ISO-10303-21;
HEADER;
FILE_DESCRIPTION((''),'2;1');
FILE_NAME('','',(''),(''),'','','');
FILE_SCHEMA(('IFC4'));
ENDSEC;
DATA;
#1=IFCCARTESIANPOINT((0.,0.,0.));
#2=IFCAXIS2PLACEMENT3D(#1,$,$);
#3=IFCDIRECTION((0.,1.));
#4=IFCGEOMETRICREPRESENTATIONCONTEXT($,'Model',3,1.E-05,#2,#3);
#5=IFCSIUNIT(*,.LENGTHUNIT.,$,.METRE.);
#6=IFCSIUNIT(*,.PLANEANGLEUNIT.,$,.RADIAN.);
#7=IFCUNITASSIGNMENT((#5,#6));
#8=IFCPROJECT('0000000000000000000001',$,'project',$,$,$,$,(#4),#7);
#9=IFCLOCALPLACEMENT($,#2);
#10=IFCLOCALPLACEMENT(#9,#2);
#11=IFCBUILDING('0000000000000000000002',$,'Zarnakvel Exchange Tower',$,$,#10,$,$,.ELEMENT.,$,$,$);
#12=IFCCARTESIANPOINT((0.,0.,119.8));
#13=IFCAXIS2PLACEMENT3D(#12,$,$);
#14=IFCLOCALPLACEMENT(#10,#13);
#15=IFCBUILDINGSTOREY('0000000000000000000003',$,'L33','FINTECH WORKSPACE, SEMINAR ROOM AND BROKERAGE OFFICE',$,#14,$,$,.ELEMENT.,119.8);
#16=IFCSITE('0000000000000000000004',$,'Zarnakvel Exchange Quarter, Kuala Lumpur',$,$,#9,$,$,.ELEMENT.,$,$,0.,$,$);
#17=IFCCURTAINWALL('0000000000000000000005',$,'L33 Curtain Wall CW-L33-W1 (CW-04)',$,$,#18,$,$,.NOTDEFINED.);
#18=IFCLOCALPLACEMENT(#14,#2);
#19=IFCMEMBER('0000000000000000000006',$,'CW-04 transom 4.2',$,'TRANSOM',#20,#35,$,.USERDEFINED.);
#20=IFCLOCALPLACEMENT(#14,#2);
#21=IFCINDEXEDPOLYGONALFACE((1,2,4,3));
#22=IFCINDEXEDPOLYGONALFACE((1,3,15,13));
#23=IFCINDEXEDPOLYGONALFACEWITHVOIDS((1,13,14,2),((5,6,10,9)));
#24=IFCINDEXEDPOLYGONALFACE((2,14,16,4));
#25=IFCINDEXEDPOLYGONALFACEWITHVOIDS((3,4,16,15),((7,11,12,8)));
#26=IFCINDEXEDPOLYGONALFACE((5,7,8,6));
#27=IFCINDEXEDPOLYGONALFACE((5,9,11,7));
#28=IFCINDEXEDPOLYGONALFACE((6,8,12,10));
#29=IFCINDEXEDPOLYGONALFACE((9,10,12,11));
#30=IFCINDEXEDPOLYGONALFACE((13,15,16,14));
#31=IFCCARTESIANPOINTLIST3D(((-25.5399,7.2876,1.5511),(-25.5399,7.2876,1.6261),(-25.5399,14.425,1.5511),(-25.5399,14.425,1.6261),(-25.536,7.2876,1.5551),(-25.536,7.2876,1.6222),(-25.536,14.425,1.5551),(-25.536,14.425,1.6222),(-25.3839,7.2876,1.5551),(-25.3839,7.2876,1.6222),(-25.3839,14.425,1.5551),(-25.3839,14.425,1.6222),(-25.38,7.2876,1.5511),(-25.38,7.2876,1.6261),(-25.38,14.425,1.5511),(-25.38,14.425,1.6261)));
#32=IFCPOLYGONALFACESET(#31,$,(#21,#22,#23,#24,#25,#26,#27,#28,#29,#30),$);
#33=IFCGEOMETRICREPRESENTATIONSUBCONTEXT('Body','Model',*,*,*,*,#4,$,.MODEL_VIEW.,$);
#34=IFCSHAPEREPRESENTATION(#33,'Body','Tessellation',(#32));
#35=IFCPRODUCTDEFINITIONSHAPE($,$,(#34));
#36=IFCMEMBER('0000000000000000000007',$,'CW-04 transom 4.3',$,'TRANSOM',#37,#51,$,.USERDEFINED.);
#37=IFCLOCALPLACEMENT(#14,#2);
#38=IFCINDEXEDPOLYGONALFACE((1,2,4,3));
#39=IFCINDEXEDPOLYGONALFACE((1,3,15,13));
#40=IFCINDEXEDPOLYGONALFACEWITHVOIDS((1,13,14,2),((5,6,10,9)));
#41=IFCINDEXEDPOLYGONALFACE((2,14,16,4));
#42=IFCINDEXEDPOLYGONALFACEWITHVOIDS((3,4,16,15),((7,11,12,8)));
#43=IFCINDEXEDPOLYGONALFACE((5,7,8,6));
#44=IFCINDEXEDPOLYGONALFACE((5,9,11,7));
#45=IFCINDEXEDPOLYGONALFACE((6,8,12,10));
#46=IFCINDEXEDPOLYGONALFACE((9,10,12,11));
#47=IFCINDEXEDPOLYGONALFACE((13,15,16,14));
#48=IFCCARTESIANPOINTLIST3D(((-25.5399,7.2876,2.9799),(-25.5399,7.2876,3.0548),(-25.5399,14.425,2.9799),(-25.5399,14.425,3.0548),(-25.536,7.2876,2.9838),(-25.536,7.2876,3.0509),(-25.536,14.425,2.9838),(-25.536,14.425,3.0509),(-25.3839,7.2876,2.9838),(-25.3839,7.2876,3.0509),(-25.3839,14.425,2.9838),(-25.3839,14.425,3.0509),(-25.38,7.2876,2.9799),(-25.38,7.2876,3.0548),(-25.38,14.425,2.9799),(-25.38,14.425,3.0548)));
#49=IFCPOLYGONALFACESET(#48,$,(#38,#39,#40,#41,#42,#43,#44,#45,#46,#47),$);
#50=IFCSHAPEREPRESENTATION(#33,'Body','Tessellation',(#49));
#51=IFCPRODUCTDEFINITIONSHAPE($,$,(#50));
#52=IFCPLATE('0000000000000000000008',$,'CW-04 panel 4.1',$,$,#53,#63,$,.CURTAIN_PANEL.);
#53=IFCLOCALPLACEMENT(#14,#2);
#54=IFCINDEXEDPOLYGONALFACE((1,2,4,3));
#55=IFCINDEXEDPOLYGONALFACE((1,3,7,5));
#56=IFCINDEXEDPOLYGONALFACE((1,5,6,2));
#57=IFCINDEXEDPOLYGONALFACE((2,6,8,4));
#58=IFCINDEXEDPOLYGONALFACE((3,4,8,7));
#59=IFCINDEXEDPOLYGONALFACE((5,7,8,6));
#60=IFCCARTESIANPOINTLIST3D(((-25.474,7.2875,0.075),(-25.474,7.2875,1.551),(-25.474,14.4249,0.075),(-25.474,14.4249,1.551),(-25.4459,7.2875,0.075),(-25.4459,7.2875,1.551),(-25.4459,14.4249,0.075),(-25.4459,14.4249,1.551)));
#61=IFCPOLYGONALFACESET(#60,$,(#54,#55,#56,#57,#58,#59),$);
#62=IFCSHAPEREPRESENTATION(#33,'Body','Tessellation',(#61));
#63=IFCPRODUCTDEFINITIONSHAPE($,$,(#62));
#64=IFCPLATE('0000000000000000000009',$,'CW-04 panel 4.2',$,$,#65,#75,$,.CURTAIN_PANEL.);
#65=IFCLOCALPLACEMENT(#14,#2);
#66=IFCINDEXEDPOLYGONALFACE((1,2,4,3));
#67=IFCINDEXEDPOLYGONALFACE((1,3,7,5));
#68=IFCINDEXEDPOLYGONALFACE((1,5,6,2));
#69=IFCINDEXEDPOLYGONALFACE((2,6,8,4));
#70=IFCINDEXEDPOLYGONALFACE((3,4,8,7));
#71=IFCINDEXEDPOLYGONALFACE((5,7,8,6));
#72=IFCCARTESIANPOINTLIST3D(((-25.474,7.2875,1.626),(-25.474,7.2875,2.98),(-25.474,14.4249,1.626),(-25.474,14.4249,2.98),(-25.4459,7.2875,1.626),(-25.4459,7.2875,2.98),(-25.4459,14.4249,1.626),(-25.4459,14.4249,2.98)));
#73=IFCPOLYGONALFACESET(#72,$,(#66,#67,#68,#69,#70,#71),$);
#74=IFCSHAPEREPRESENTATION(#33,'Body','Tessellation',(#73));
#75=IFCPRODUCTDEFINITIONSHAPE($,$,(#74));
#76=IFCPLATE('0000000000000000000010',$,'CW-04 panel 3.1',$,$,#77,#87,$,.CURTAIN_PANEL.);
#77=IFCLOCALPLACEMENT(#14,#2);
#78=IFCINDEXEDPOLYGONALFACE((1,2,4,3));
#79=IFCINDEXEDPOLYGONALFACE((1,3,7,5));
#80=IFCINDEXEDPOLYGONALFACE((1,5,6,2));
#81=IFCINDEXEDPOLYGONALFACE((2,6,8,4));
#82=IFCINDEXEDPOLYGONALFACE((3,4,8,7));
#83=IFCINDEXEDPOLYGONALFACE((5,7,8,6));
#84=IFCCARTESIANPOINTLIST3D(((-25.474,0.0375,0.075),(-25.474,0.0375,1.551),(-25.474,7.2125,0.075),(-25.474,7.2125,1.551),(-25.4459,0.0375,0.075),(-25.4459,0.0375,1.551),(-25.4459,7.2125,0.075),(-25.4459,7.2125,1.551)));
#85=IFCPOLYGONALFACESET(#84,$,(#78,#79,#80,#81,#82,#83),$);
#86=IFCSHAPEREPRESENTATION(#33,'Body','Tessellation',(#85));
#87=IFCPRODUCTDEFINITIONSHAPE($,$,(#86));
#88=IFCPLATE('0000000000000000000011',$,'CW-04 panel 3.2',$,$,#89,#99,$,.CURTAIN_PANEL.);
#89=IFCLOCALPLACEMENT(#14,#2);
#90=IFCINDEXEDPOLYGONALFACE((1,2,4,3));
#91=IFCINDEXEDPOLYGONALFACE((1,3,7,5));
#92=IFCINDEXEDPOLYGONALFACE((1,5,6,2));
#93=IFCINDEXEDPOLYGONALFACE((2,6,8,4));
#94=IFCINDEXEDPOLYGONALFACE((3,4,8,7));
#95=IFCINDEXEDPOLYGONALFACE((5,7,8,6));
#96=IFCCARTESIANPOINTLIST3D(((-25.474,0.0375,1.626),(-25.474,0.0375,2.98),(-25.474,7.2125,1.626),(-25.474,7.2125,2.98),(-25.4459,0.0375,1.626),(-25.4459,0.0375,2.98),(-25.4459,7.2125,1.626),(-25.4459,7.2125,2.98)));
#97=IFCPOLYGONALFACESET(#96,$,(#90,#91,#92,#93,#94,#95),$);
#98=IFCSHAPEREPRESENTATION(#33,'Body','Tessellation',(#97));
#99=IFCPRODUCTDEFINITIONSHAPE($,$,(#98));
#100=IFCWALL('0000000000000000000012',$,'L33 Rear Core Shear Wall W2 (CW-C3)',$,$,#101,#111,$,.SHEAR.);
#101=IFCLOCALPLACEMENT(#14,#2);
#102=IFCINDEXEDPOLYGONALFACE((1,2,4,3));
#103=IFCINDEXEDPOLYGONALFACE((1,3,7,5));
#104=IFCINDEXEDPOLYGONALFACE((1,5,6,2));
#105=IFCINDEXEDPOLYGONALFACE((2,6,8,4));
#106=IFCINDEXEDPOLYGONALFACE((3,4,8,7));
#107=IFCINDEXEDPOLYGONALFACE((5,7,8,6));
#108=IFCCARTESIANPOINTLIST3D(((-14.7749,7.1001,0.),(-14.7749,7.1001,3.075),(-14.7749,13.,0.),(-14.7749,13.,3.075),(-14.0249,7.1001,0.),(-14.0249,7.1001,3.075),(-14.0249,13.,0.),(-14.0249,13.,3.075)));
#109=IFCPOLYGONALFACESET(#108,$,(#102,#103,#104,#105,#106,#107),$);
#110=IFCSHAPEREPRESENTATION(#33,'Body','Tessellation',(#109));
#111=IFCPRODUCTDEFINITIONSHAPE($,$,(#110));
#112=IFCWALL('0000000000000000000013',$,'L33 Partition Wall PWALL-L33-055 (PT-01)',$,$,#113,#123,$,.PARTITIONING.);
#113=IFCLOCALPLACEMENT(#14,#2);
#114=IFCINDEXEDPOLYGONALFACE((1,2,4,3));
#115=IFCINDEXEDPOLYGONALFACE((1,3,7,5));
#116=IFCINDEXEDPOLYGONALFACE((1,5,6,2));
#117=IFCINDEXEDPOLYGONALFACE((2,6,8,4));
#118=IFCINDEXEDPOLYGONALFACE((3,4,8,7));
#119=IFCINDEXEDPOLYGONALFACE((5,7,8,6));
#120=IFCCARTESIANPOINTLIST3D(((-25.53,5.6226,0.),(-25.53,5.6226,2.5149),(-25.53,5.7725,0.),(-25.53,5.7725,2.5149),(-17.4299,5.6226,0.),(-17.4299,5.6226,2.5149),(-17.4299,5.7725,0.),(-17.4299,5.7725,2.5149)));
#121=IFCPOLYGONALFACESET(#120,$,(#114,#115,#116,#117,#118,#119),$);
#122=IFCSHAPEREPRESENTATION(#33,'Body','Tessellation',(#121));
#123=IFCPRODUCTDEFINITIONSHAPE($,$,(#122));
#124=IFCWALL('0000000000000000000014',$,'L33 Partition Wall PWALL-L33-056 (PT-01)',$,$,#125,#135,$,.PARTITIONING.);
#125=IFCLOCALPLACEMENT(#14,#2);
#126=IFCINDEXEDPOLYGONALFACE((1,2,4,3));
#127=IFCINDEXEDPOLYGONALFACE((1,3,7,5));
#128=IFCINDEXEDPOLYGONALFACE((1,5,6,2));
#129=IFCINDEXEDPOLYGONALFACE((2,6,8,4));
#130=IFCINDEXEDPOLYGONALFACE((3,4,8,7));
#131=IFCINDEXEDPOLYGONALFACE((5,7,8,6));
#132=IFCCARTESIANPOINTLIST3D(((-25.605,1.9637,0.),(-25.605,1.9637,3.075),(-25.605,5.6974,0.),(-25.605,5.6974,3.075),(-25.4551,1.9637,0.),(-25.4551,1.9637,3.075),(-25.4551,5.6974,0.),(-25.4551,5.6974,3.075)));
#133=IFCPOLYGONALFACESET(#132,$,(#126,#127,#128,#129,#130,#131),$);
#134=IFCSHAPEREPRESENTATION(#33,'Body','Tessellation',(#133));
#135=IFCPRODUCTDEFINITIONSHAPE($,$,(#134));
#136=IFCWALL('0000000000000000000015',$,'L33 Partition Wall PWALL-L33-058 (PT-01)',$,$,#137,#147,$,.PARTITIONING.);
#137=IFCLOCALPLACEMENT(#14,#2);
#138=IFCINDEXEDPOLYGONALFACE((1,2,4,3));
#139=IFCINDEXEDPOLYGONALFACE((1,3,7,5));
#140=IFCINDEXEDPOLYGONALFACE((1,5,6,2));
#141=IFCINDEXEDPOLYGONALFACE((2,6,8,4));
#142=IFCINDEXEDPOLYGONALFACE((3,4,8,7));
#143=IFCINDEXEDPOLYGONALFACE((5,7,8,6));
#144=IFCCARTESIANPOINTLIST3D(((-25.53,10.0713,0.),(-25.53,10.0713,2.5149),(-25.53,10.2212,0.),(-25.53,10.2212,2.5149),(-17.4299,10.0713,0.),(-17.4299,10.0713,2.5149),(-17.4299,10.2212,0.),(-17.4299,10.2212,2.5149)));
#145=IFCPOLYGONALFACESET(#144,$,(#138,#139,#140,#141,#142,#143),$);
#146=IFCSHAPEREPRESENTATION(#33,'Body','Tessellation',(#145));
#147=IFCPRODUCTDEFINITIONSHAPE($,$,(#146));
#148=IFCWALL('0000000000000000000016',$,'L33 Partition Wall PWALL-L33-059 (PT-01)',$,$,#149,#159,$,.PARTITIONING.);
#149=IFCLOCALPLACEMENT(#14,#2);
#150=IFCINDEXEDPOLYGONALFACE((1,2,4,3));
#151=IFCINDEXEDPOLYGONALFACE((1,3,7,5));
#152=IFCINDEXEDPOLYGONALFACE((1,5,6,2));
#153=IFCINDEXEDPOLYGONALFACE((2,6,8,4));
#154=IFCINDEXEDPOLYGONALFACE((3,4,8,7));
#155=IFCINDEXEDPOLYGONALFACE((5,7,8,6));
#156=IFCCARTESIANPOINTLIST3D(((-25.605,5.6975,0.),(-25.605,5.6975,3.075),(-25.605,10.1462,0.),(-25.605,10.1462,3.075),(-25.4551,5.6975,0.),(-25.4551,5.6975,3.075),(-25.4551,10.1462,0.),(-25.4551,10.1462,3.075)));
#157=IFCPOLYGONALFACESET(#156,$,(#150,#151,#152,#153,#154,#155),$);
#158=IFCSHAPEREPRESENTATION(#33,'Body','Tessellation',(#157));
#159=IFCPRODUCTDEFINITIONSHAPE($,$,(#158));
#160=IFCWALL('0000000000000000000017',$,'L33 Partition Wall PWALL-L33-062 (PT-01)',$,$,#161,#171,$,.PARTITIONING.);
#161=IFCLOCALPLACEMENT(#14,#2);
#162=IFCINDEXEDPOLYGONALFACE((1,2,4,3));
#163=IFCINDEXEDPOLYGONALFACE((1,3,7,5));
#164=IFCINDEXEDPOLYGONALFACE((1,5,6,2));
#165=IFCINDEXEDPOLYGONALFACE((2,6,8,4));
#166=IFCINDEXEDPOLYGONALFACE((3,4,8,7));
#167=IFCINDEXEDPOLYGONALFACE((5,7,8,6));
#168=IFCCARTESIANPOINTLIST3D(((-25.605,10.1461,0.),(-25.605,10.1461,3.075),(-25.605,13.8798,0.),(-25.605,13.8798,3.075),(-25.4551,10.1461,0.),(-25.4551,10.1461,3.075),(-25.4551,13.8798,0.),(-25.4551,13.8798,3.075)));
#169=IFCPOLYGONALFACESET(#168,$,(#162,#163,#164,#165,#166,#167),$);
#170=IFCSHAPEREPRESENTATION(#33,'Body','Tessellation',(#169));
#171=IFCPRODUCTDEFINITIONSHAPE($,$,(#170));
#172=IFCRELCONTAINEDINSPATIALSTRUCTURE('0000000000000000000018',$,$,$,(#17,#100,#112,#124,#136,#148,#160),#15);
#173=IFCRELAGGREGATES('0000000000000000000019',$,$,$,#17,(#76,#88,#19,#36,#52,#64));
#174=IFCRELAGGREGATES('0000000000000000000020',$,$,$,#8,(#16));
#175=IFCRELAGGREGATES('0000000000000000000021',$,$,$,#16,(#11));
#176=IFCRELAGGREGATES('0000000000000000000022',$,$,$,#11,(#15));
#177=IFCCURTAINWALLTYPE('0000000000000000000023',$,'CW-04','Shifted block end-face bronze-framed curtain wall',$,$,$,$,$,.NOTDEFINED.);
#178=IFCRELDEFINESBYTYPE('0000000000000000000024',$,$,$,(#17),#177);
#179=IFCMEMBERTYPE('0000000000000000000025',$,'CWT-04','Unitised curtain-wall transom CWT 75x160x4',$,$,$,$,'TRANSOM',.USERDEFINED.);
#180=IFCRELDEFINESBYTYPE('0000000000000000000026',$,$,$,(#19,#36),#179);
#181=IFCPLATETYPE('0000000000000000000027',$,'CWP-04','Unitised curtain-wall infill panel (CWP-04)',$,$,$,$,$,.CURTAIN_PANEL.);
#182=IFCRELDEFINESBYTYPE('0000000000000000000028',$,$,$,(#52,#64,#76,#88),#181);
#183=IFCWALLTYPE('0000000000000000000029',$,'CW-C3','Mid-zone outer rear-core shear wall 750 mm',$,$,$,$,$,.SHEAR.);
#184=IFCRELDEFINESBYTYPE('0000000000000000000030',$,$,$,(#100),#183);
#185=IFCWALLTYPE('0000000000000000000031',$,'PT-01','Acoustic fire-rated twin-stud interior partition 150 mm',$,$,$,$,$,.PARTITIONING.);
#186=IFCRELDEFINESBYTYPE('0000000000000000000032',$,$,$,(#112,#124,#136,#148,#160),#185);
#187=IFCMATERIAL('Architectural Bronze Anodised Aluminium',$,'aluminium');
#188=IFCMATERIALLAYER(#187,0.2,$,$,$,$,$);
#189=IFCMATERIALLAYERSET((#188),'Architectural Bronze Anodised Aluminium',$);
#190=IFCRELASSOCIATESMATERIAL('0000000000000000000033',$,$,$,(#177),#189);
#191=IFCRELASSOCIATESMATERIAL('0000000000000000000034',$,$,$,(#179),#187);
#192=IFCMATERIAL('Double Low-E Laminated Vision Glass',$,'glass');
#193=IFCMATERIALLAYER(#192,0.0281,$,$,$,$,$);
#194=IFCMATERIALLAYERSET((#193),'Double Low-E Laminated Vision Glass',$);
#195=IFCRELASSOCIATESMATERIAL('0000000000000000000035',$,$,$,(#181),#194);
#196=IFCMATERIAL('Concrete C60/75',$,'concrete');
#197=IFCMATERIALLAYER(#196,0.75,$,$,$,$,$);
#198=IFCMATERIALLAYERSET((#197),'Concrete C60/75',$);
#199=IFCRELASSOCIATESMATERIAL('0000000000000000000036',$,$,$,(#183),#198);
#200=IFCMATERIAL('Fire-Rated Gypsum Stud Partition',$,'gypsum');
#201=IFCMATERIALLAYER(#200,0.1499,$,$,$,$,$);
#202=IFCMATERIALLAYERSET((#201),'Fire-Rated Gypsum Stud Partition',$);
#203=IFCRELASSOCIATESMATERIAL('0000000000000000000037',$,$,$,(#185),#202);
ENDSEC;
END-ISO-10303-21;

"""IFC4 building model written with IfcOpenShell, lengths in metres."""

from ifc_helpers import new_model, si_unit, direction, frame, frame_2d, origin, origin_2d, place, context, subcontext, project, spatial, rectangle, hollow_rectangle, extrude, source, transform, mapped, material, layer, layer_set, material_profile, profile_set, type_object, element, aggregate, save


model = new_model("IFC4")

# Units and contexts
model_context = context("Model", 3, precision=1e-05, world=origin(), true_north=direction((0.0, 1.0)))
body_context = subcontext(model_context, "Body", "Model", "MODEL_VIEW")
ifc_project = project(units=[si_unit("LENGTHUNIT", "METRE"), si_unit("PLANEANGLEUNIT", "RADIAN")], contexts=[model_context])

# Site, building, storey
site_placement = place(None, origin())
site = spatial("IfcSite", under=ifc_project, at=site_placement, Name="Zarnakvel Exchange Quarter, Kuala Lumpur", CompositionType="ELEMENT", RefElevation=0.0)
building_placement = place(site_placement, origin())
building = spatial("IfcBuilding", under=site, at=building_placement, Name="Zarnakvel Exchange Tower", CompositionType="ELEMENT")
storey_placement = place(building_placement, frame((0.0, 0.0, 119.8)))
storey = spatial("IfcBuildingStorey", under=building, at=storey_placement, Name="L33", Description="FINTECH WORKSPACE, SEMINAR ROOM AND BROKERAGE OFFICE", CompositionType="ELEMENT", Elevation=119.8)

# Shared definitions
ifc_material_1 = material(Name="Concrete C60/75", Category="concrete")

# Curtain wall, members, plates
ifc_material_2 = material(Name="Architectural Bronze Anodised Aluminium", Category="aluminium")
ifc_layer_1 = layer(ifc_material_2, 0.2)
ifc_layer_set_1 = layer_set([ifc_layer_1], Name="Architectural Bronze Anodised Aluminium")
curtain_wall_type = type_object("IfcCurtainWallType", Name="CW-04", Description="Shifted block end-face bronze-framed curtain wall", PredefinedType="NOTDEFINED", material=ifc_layer_set_1)
curtain_wall_placement = place(storey_placement, origin())
curtain_wall = element("IfcCurtainWall", 1, at=curtain_wall_placement, inside=storey, type_object=curtain_wall_type, Name="L33 Curtain Wall CW-L33-W1 (CW-04)", PredefinedType="NOTDEFINED")
ifc_material_profile_1 = material_profile(ifc_material_2, hollow_rectangle(XDim=0.1599, YDim=0.075, WallThickness=0.0039, at=origin_2d()))
ifc_profile_set_1 = profile_set([ifc_material_profile_1], Name="Architectural Bronze Anodised Aluminium")
member_type_1 = type_object("IfcMemberType", Name="CWT-04", Description="Unitised curtain-wall transom CWT 75x160x4", ElementType="TRANSOM", PredefinedType="USERDEFINED", material=ifc_profile_set_1)
shared_shape_1 = source(origin(), body_context, "Body", "SweptSolid", [
    extrude(hollow_rectangle(XDim=0.1599, YDim=0.075, WallThickness=0.0039, at=origin_2d()), origin(), (0.0, 0.0, 1.0), 7.1375),
])
member_1_placement = place(storey_placement, frame((-25.46, 7.2876, 1.5886), z_axis=(0.0, 1.0, 0.0), x_axis=(-1.0, 0.0, 0.0)))
member_1 = element("IfcMember", 2, at=member_1_placement, type_object=member_type_1, Name="CW-04 transom 4.2", ObjectType="TRANSOM", PredefinedType="USERDEFINED", context=body_context, shape_type="MappedRepresentation", body=[
    mapped(shared_shape_1, transform((0.0, 0.0, 0.0), x_axis=(1.0, 0.0, 0.0), y_axis=(0.0, 1.0, 0.0), z_axis=(0.0, 0.0, 1.0), scale=1.0)),
])
member_2_placement = place(storey_placement, frame((-25.46, 7.2876, 3.0173), z_axis=(0.0, 1.0, 0.0), x_axis=(-1.0, 0.0, 0.0)))
member_2 = element("IfcMember", 3, at=member_2_placement, type_object=member_type_1, Name="CW-04 transom 4.3", ObjectType="TRANSOM", PredefinedType="USERDEFINED", context=body_context, shape_type="MappedRepresentation", body=[
    mapped(shared_shape_1, transform((0.0, 0.0, 0.0), x_axis=(1.0, 0.0, 0.0), y_axis=(0.0, 1.0, 0.0), z_axis=(0.0, 0.0, 1.0), scale=1.0)),
])
ifc_material_3 = material(Name="Double Low-E Laminated Vision Glass", Category="glass")
ifc_layer_2 = layer(ifc_material_3, 0.0281)
ifc_layer_set_2 = layer_set([ifc_layer_2], Name="Double Low-E Laminated Vision Glass")
plate_type = type_object("IfcPlateType", Name="CWP-04", Description="Unitised curtain-wall infill panel (CWP-04)", PredefinedType="CURTAIN_PANEL", material=ifc_layer_set_2)
shared_shape_2 = source(origin(), body_context, "Body", "SweptSolid", [
    extrude(rectangle(XDim=7.1375, YDim=0.0281, at=origin_2d()), origin(), (0.0, 0.0, 1.0), 1.4761),
])
plate_1_placement = place(storey_placement, frame((-25.46, 10.8562, 0.075), z_axis=(0.0, 0.0, 1.0), x_axis=(0.0, 1.0, 0.0)))
plate_1 = element("IfcPlate", 4, at=plate_1_placement, type_object=plate_type, Name="CW-04 panel 4.1", PredefinedType="CURTAIN_PANEL", context=body_context, shape_type="MappedRepresentation", body=[
    mapped(shared_shape_2, transform((0.0, 0.0, 0.0), x_axis=(1.0, 0.0, 0.0), y_axis=(0.0, 1.0, 0.0), z_axis=(0.0, 0.0, 1.0), scale=1.0)),
])
shared_shape_3 = source(origin(), body_context, "Body", "SweptSolid", [
    extrude(rectangle(XDim=7.1375, YDim=0.0281, at=origin_2d()), origin(), (0.0, 0.0, 1.0), 1.354),
])
plate_2_placement = place(storey_placement, frame((-25.46, 10.8562, 1.626), z_axis=(0.0, 0.0, 1.0), x_axis=(0.0, 1.0, 0.0)))
plate_2 = element("IfcPlate", 5, at=plate_2_placement, type_object=plate_type, Name="CW-04 panel 4.2", PredefinedType="CURTAIN_PANEL", context=body_context, shape_type="MappedRepresentation", body=[
    mapped(shared_shape_3, transform((0.0, 0.0, 0.0), x_axis=(1.0, 0.0, 0.0), y_axis=(0.0, 1.0, 0.0), z_axis=(0.0, 0.0, 1.0), scale=1.0)),
])
shared_shape_4 = source(origin(), body_context, "Body", "SweptSolid", [
    extrude(rectangle(XDim=7.175, YDim=0.0281, at=origin_2d()), origin(), (0.0, 0.0, 1.0), 1.4761),
])
plate_3_placement = place(storey_placement, frame((-25.46, 3.625, 0.075), z_axis=(0.0, 0.0, 1.0), x_axis=(0.0, 1.0, 0.0)))
plate_3 = element("IfcPlate", 6, at=plate_3_placement, type_object=plate_type, Name="CW-04 panel 3.1", PredefinedType="CURTAIN_PANEL", context=body_context, shape_type="MappedRepresentation", body=[
    mapped(shared_shape_4, transform((0.0, 0.0, 0.0), x_axis=(1.0, 0.0, 0.0), y_axis=(0.0, 1.0, 0.0), z_axis=(0.0, 0.0, 1.0), scale=1.0)),
])
shared_shape_5 = source(origin(), body_context, "Body", "SweptSolid", [
    extrude(rectangle(XDim=7.175, YDim=0.0281, at=origin_2d()), origin(), (0.0, 0.0, 1.0), 1.354),
])
plate_4_placement = place(storey_placement, frame((-25.46, 3.625, 1.626), z_axis=(0.0, 0.0, 1.0), x_axis=(0.0, 1.0, 0.0)))
plate_4 = element("IfcPlate", 7, at=plate_4_placement, type_object=plate_type, Name="CW-04 panel 3.2", PredefinedType="CURTAIN_PANEL", context=body_context, shape_type="MappedRepresentation", body=[
    mapped(shared_shape_5, transform((0.0, 0.0, 0.0), x_axis=(1.0, 0.0, 0.0), y_axis=(0.0, 1.0, 0.0), z_axis=(0.0, 0.0, 1.0), scale=1.0)),
])
aggregate(curtain_wall, [plate_3, plate_4, member_1, member_2, plate_1, plate_2])

# Wall
ifc_layer_3 = layer(ifc_material_1, 0.75)
ifc_layer_set_3 = layer_set([ifc_layer_3], Name="Concrete C60/75")
wall_type_1 = type_object("IfcWallType", Name="CW-C3", Description="Mid-zone outer rear-core shear wall 750 mm", PredefinedType="SHEAR", material=ifc_layer_set_3)
wall_1_placement = place(storey_placement, frame((-14.3999, 7.1001, 0.0), z_axis=(0.0, 0.0, 1.0), x_axis=(0.0, 1.0, 0.0)))
element("IfcWall", 8, at=wall_1_placement, inside=storey, type_object=wall_type_1, Name="L33 Rear Core Shear Wall W2 (CW-C3)", PredefinedType="SHEAR", context=body_context, shape_type="SweptSolid", body=[
    extrude(rectangle(XDim=5.8999, YDim=0.75, at=frame_2d((2.95, 0.0))), origin(), (0.0, 0.0, 1.0), 3.075),
])

# Shared definitions
ifc_material_4 = material(Name="Fire-Rated Gypsum Stud Partition", Category="gypsum")
ifc_layer_4 = layer(ifc_material_4, 0.1499)
ifc_layer_set_4 = layer_set([ifc_layer_4], Name="Fire-Rated Gypsum Stud Partition")
wall_type_2 = type_object("IfcWallType", Name="PT-01", Description="Acoustic fire-rated twin-stud interior partition 150 mm", PredefinedType="PARTITIONING", material=ifc_layer_set_4)

# Walls
wall_2_placement = place(storey_placement, frame((-25.53, 5.6975, 0.0), z_axis=(0.0, 0.0, 1.0), x_axis=(1.0, 0.0, 0.0)))
element("IfcWall", 9, at=wall_2_placement, inside=storey, type_object=wall_type_2, Name="L33 Partition Wall PWALL-L33-055 (PT-01)", PredefinedType="PARTITIONING", context=body_context, shape_type="SweptSolid", body=[
    extrude(rectangle(XDim=8.1001, YDim=0.1499, at=frame_2d((4.05, 0.0))), origin(), (0.0, 0.0, 1.0), 2.5149),
])
wall_3_placement = place(storey_placement, frame((-25.53, 1.9639, 0.0), z_axis=(0.0, 0.0, 1.0), x_axis=(0.0, 1.0, 0.0)))
element("IfcWall", 10, at=wall_3_placement, inside=storey, type_object=wall_type_2, Name="L33 Partition Wall PWALL-L33-056 (PT-01)", PredefinedType="PARTITIONING", context=body_context, shape_type="SweptSolid", body=[
    extrude(rectangle(XDim=3.7336, YDim=0.1499, at=frame_2d((1.8667, 0.0))), origin(), (0.0, 0.0, 1.0), 3.075),
])

# Walls
wall_4_placement = place(storey_placement, frame((-25.53, 10.1462, 0.0), z_axis=(0.0, 0.0, 1.0), x_axis=(1.0, 0.0, 0.0)))
element("IfcWall", 11, at=wall_4_placement, inside=storey, type_object=wall_type_2, Name="L33 Partition Wall PWALL-L33-058 (PT-01)", PredefinedType="PARTITIONING", context=body_context, shape_type="SweptSolid", body=[
    extrude(rectangle(XDim=8.1001, YDim=0.1499, at=frame_2d((4.05, 0.0))), origin(), (0.0, 0.0, 1.0), 2.5149),
])
wall_5_placement = place(storey_placement, frame((-25.53, 5.6975, 0.0), z_axis=(0.0, 0.0, 1.0), x_axis=(0.0, 1.0, 0.0)))
element("IfcWall", 12, at=wall_5_placement, inside=storey, type_object=wall_type_2, Name="L33 Partition Wall PWALL-L33-059 (PT-01)", PredefinedType="PARTITIONING", context=body_context, shape_type="SweptSolid", body=[
    extrude(rectangle(XDim=4.4487, YDim=0.1499, at=frame_2d((2.2244, 0.0))), origin(), (0.0, 0.0, 1.0), 3.075),
])

# Wall
wall_6_placement = place(storey_placement, frame((-25.53, 10.1462, 0.0), z_axis=(0.0, 0.0, 1.0), x_axis=(0.0, 1.0, 0.0)))
element("IfcWall", 13, at=wall_6_placement, inside=storey, type_object=wall_type_2, Name="L33 Partition Wall PWALL-L33-062 (PT-01)", PredefinedType="PARTITIONING", context=body_context, shape_type="SweptSolid", body=[
    extrude(rectangle(XDim=3.7336, YDim=0.1499, at=frame_2d((1.8667, 0.0))), origin(), (0.0, 0.0, 1.0), 3.075),
])

save(model, "model.ifc")
